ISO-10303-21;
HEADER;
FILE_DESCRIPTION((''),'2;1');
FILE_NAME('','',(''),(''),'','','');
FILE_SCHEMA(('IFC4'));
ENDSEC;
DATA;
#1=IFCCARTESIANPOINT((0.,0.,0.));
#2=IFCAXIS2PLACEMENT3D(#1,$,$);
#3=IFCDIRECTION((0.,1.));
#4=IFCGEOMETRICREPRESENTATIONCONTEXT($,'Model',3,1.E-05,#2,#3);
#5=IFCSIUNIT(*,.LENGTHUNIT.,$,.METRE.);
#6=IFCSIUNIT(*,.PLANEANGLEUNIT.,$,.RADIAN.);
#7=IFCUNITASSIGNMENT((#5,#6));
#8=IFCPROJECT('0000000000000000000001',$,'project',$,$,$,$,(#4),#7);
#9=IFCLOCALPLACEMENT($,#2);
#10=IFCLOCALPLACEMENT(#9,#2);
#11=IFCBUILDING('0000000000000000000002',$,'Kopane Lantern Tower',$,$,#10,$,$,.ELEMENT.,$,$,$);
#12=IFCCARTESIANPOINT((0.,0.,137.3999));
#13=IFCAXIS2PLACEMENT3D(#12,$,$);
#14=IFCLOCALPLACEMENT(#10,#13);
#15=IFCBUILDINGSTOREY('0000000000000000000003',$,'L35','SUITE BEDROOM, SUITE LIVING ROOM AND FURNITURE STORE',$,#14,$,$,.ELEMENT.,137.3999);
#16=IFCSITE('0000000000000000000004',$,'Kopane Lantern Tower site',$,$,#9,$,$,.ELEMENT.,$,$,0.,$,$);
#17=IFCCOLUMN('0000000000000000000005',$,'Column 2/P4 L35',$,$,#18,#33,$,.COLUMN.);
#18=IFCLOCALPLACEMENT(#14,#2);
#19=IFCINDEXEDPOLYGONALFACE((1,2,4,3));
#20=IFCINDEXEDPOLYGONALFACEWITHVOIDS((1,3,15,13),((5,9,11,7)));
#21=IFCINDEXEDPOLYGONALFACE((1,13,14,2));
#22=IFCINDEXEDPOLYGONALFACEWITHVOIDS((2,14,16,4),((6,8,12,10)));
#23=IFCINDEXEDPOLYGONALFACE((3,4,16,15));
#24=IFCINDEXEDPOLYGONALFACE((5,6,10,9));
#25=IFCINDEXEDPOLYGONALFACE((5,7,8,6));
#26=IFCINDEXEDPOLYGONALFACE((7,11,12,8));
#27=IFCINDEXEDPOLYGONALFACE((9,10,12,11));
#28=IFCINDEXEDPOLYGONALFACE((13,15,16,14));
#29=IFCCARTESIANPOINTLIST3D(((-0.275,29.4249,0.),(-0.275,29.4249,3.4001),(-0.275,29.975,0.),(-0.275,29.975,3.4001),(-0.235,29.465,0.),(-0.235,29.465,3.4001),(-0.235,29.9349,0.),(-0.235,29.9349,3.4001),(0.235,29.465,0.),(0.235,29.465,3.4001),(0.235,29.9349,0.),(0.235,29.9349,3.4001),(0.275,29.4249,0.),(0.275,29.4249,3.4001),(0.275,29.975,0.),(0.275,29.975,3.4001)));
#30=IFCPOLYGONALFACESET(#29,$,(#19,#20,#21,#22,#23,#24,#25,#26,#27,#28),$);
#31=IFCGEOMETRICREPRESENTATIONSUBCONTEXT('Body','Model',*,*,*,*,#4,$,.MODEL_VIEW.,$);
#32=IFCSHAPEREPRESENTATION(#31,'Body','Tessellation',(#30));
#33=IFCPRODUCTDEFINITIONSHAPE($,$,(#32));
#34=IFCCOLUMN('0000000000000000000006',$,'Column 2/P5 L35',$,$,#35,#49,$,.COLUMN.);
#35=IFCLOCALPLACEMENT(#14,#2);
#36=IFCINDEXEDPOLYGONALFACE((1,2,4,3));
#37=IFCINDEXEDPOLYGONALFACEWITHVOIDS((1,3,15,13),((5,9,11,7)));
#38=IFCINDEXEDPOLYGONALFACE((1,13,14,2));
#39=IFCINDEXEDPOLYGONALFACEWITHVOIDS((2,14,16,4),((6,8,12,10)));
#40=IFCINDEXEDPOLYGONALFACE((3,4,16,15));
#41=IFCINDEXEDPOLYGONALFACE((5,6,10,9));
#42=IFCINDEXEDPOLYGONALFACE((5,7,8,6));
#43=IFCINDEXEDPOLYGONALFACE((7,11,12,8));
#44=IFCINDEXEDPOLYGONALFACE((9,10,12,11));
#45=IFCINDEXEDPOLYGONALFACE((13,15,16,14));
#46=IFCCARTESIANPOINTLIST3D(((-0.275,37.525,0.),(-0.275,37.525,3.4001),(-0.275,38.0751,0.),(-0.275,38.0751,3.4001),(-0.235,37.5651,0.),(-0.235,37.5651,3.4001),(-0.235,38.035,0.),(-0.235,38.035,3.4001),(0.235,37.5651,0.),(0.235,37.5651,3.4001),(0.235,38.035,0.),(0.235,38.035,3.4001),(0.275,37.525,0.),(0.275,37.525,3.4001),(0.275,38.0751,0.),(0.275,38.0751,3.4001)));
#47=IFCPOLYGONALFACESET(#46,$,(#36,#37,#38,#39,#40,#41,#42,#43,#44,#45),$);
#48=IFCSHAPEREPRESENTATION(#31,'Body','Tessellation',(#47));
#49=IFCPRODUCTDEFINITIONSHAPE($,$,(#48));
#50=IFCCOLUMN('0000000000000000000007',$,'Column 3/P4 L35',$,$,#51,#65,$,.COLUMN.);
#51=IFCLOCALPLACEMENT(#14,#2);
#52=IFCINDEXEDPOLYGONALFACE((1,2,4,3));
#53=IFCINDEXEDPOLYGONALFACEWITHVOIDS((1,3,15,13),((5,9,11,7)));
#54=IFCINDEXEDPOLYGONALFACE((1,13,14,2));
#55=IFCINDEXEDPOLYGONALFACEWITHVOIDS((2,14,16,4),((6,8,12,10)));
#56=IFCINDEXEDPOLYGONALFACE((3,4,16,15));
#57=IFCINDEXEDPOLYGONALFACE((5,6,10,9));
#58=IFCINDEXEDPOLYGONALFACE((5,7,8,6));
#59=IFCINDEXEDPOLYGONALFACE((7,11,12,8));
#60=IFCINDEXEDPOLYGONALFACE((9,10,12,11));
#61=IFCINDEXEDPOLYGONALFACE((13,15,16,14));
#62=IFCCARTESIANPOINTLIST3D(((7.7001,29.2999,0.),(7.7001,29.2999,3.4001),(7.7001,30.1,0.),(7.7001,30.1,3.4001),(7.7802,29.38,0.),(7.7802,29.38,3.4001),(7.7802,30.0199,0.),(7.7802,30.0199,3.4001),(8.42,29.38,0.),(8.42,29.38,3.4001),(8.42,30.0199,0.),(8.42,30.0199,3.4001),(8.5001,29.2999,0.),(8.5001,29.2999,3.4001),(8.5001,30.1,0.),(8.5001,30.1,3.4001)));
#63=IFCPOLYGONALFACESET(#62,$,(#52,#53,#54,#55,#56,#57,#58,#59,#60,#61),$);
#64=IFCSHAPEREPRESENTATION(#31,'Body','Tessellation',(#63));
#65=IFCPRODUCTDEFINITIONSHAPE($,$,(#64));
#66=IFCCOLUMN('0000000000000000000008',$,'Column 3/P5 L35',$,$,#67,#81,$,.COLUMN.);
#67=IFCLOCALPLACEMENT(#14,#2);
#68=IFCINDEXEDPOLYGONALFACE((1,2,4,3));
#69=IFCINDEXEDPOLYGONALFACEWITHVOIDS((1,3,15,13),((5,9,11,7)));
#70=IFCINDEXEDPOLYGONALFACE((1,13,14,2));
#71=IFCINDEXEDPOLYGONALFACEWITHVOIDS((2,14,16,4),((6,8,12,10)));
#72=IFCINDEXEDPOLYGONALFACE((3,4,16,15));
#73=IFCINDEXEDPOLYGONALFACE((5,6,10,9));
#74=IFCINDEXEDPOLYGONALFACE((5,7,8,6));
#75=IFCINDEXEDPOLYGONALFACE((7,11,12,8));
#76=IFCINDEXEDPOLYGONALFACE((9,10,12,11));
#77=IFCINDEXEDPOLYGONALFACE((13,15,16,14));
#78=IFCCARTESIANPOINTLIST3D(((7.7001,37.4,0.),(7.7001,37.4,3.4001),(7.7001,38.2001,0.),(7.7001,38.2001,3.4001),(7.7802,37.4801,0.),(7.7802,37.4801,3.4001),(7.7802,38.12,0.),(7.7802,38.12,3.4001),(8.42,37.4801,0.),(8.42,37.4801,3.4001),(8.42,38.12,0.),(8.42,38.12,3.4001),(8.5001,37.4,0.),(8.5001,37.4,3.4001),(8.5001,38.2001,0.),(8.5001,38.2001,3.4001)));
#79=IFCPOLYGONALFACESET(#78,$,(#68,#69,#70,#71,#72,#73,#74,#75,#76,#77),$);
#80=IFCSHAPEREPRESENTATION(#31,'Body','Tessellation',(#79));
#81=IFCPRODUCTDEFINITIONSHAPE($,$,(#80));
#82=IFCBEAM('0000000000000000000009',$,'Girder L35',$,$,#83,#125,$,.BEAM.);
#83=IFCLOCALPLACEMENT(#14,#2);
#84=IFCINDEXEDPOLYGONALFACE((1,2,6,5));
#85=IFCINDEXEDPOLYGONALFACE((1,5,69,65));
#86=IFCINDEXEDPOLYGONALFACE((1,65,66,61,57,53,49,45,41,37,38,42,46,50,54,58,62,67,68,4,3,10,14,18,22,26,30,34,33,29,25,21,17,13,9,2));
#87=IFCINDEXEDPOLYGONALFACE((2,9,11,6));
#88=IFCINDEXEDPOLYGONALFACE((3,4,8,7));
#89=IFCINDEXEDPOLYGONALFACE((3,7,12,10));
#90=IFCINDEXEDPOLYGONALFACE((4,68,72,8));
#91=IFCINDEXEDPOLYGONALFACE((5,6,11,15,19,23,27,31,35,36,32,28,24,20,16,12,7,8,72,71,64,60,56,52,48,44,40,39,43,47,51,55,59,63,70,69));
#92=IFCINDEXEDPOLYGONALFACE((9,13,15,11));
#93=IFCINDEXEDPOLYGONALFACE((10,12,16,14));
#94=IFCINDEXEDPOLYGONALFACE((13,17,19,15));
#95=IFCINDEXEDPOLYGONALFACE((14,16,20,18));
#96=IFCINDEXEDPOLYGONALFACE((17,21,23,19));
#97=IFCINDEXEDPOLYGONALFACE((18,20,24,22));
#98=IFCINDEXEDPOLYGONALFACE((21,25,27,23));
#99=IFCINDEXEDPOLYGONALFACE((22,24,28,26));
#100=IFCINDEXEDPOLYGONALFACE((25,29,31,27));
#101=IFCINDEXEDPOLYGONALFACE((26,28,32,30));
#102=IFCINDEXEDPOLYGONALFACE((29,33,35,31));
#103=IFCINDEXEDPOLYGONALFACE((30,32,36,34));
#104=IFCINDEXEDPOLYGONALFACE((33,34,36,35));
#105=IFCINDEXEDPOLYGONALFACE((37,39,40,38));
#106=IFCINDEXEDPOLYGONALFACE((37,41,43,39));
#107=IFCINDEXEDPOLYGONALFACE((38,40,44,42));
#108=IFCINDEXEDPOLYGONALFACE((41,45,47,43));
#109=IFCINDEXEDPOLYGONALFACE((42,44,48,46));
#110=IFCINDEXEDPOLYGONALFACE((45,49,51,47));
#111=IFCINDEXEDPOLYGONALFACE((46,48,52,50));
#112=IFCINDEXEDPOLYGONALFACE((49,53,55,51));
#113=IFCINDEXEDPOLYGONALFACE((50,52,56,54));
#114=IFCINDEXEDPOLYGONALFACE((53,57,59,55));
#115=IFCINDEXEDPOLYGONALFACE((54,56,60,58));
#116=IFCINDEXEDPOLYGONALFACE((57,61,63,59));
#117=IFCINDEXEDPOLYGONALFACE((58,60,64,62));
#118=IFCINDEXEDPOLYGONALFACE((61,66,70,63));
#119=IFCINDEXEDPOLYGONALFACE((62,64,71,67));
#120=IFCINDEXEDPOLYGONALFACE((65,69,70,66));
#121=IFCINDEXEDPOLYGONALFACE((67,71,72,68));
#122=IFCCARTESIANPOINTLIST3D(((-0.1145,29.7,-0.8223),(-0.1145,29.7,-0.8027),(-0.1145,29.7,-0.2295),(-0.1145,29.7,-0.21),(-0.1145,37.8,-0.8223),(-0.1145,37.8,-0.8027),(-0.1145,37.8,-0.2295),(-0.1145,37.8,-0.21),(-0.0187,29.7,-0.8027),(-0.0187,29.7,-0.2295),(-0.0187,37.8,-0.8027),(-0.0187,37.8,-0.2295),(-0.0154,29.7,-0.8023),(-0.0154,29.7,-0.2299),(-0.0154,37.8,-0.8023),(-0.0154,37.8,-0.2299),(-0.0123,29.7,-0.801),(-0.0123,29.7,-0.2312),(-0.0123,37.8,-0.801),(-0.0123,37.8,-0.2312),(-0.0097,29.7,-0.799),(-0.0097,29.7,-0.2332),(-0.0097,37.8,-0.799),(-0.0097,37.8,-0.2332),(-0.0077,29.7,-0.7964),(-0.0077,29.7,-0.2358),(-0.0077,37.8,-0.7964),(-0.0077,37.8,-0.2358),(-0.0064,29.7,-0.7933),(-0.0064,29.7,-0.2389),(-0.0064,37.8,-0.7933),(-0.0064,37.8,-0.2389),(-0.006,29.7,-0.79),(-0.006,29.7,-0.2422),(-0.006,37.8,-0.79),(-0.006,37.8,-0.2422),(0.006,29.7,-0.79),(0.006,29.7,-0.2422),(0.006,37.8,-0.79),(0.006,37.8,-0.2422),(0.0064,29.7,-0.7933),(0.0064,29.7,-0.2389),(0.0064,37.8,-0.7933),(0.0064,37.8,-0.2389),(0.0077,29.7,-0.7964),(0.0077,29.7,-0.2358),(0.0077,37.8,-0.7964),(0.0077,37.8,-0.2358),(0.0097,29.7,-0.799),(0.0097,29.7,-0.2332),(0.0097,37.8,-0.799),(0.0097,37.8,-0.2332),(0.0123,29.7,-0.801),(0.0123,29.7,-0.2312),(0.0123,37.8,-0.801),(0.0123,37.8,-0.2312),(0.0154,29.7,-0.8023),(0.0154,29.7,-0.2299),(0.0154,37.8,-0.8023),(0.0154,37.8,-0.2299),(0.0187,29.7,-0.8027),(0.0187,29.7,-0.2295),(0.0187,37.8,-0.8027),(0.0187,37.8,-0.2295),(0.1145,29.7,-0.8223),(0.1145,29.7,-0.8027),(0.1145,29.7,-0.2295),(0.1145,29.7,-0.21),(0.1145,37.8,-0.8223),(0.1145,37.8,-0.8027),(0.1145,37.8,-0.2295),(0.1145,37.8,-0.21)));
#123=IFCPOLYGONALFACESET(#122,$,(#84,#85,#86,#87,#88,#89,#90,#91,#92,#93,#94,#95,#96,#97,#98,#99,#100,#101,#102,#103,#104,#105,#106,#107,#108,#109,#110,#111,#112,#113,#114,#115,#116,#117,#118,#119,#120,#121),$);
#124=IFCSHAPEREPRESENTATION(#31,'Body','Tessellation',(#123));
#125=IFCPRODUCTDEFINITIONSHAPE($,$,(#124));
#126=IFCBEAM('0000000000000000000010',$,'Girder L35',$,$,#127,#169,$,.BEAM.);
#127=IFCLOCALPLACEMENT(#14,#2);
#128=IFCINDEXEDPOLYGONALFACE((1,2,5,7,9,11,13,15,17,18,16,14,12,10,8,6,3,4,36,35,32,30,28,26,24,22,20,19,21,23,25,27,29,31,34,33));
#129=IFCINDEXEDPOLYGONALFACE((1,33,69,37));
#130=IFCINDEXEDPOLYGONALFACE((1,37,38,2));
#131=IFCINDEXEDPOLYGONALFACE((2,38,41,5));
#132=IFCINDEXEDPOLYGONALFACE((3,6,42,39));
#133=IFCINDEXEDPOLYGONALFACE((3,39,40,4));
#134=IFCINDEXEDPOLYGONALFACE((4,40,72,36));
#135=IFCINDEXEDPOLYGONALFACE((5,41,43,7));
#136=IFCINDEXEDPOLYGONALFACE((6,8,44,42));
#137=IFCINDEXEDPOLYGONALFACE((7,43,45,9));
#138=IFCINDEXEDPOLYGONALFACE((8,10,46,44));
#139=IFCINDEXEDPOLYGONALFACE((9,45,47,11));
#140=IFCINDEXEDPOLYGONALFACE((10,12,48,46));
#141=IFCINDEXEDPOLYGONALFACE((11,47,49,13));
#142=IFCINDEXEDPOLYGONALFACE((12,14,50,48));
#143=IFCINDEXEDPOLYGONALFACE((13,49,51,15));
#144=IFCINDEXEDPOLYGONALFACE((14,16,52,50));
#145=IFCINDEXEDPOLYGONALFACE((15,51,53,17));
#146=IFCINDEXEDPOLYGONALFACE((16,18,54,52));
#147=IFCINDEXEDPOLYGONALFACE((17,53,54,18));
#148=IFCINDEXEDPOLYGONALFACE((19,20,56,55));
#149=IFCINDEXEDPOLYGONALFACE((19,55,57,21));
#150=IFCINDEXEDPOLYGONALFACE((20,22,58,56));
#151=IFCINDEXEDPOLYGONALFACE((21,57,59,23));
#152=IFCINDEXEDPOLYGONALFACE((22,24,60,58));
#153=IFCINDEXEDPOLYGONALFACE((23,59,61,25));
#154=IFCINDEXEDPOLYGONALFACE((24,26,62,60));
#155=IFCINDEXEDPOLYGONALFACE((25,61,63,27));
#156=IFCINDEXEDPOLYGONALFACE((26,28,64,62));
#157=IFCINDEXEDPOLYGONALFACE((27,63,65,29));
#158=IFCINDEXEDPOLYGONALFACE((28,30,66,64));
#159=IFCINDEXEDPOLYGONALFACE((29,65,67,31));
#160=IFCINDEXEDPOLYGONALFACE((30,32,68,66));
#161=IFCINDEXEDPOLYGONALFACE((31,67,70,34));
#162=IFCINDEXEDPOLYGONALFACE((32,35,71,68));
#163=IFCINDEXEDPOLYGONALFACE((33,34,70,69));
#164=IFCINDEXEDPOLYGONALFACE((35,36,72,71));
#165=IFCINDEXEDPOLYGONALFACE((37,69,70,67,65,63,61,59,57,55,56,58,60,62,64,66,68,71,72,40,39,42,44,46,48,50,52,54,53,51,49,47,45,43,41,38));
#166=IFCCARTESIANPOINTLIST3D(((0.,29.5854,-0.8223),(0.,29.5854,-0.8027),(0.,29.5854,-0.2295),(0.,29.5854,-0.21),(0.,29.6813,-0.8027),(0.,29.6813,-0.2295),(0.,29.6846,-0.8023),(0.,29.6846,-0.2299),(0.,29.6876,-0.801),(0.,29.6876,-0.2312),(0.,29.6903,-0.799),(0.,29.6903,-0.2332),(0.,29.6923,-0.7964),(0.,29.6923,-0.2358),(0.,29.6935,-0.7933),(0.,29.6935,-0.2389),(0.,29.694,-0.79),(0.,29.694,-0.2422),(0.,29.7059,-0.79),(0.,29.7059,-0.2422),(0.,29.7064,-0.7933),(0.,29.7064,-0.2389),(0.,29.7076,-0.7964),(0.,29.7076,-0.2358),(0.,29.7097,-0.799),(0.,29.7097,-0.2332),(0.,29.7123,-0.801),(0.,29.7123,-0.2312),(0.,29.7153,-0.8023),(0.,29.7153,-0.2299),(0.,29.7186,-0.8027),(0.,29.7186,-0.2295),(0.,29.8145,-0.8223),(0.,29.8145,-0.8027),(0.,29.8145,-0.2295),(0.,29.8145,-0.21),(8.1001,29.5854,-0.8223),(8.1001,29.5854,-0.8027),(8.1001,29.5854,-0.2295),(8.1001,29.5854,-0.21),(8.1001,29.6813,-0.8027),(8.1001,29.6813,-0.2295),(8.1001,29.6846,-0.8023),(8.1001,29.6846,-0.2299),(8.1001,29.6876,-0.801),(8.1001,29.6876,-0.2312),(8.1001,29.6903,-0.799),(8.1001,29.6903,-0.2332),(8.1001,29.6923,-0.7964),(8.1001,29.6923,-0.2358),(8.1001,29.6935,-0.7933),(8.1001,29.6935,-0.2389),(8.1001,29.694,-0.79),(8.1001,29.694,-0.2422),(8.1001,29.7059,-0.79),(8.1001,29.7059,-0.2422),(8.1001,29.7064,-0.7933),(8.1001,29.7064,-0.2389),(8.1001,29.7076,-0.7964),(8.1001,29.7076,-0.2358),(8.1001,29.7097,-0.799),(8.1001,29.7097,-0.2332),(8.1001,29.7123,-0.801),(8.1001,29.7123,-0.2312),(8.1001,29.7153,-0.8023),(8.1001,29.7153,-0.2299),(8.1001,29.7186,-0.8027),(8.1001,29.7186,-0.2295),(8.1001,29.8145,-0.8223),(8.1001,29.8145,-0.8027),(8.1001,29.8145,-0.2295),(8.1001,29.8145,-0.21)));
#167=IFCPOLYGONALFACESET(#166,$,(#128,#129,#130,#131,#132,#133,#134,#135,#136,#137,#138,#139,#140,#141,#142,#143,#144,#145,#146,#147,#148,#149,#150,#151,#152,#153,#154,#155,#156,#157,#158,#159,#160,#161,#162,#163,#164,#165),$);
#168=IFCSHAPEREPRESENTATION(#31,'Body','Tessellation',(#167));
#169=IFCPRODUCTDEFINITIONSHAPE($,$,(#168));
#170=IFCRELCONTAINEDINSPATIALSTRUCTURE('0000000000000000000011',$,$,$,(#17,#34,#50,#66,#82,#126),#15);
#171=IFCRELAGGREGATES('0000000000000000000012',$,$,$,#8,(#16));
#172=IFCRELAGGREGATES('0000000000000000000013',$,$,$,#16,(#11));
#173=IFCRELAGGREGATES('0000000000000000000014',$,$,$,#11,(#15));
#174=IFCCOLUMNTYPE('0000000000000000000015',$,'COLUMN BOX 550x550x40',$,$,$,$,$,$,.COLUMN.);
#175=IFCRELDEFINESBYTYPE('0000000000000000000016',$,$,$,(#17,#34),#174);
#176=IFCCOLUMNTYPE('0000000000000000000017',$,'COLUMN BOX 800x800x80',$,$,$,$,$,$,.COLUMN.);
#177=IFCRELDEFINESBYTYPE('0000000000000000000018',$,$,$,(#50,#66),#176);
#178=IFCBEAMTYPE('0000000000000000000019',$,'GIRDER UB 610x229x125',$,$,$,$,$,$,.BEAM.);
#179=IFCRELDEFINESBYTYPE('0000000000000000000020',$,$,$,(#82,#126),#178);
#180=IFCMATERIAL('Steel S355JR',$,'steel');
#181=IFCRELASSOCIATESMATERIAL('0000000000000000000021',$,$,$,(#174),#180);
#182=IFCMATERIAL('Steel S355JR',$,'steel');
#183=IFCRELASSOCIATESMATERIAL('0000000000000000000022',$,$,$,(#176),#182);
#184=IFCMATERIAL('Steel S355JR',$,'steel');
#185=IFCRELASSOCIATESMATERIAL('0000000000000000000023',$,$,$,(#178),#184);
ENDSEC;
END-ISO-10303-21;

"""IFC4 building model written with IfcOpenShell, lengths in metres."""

from ifc_helpers import new_model, si_unit, direction, frame, origin, origin_2d, place, context, subcontext, project, spatial, hollow_rectangle, i_section, extrude, material, material_profile, profile_set, type_object, element, save


model = new_model("IFC4")

# Units and contexts
model_context = context("Model", 3, precision=1e-05, world=origin(), true_north=direction((0.0, 1.0)))
body_context = subcontext(model_context, "Body", "Model", "MODEL_VIEW")
ifc_project = project(units=[si_unit("LENGTHUNIT", "METRE"), si_unit("PLANEANGLEUNIT", "RADIAN")], contexts=[model_context])

# Site, building, storey
site_placement = place(None, origin())
site = spatial("IfcSite", under=ifc_project, at=site_placement, Name="Kopane Lantern Tower site", CompositionType="ELEMENT", RefElevation=0.0)
building_placement = place(site_placement, origin())
building = spatial("IfcBuilding", under=site, at=building_placement, Name="Kopane Lantern Tower", CompositionType="ELEMENT")
storey_placement = place(building_placement, frame((0.0, 0.0, 137.3999)))
storey = spatial("IfcBuildingStorey", under=building, at=storey_placement, Name="L35", Description="SUITE BEDROOM, SUITE LIVING ROOM AND FURNITURE STORE", CompositionType="ELEMENT", Elevation=137.3999)

# Columns
ifc_material_1 = material(Name="Steel S355JR", Category="steel")
ifc_material_profile_1 = material_profile(ifc_material_1, hollow_rectangle(XDim=0.55, YDim=0.55, WallThickness=0.04, at=origin_2d()), Name="BOX 550x550x40")
ifc_profile_set_1 = profile_set([ifc_material_profile_1], Name="Steel S355JR")
column_type_1 = type_object("IfcColumnType", Name="COLUMN BOX 550x550x40", PredefinedType="COLUMN", material=ifc_profile_set_1)
for number, where, z_axis, x_axis, name in (
    (1, (0.0, 29.7, 0.0), (0.0, 0.0, 1.0), (1.0, 0.0, 0.0), "Column 2/P4 L35"),
    (2, (0.0, 37.8, 0.0), (0.0, 0.0, 1.0), (1.0, 0.0, 0.0), "Column 2/P5 L35"),
):
    element("IfcColumn", number, at=place(storey_placement, frame(where, z_axis=z_axis, x_axis=x_axis)), inside=storey, type_object=column_type_1, Name=name, PredefinedType="COLUMN", context=body_context, shape_type="SweptSolid", body=[
        extrude(hollow_rectangle(XDim=0.55, YDim=0.55, WallThickness=0.04, at=origin_2d()), origin(), (0.0, 0.0, 1.0), 3.4001),
    ])
ifc_material_2 = material(Name="Steel S355JR", Category="steel")
ifc_material_profile_2 = material_profile(ifc_material_2, hollow_rectangle(XDim=0.8, YDim=0.8, WallThickness=0.0801, at=origin_2d()), Name="BOX 800x800x80")
ifc_profile_set_2 = profile_set([ifc_material_profile_2], Name="Steel S355JR")
column_type_2 = type_object("IfcColumnType", Name="COLUMN BOX 800x800x80", PredefinedType="COLUMN", material=ifc_profile_set_2)
for number, where, z_axis, x_axis, name in (
    (3, (8.1001, 29.7, 0.0), (0.0, 0.0, 1.0), (1.0, 0.0, 0.0), "Column 3/P4 L35"),
    (4, (8.1001, 37.8, 0.0), (0.0, 0.0, 1.0), (1.0, 0.0, 0.0), "Column 3/P5 L35"),
):
    element("IfcColumn", number, at=place(storey_placement, frame(where, z_axis=z_axis, x_axis=x_axis)), inside=storey, type_object=column_type_2, Name=name, PredefinedType="COLUMN", context=body_context, shape_type="SweptSolid", body=[
        extrude(hollow_rectangle(XDim=0.8, YDim=0.8, WallThickness=0.0801, at=origin_2d()), origin(), (0.0, 0.0, 1.0), 3.4001),
    ])

# Beams
ifc_material_3 = material(Name="Steel S355JR", Category="steel")
ifc_material_profile_3 = material_profile(ifc_material_3, i_section(OverallWidth=0.229, OverallDepth=0.6123, WebThickness=0.012, FlangeThickness=0.0195, FilletRadius=0.0127, at=origin_2d()), Name="UB 610x229x125")
ifc_profile_set_3 = profile_set([ifc_material_profile_3], Name="Steel S355JR")
beam_type = type_object("IfcBeamType", Name="GIRDER UB 610x229x125", PredefinedType="BEAM", material=ifc_profile_set_3)
for number, where, z_axis, x_axis, name in (
    (5, (0.0, 29.7, -0.5161), (0.0, 1.0, 0.0), (-1.0, 0.0, 0.0), "Girder L35"),
    (6, (0.0, 29.7, -0.5161), (1.0, 0.0, 0.0), (0.0, 1.0, 0.0), "Girder L35"),
):
    element("IfcBeam", number, at=place(storey_placement, frame(where, z_axis=z_axis, x_axis=x_axis)), inside=storey, type_object=beam_type, Name=name, PredefinedType="BEAM", context=body_context, shape_type="SweptSolid", body=[
        extrude(i_section(OverallWidth=0.229, OverallDepth=0.6123, WebThickness=0.012, FlangeThickness=0.0195, FilletRadius=0.0127, at=origin_2d()), origin(), (0.0, 0.0, 1.0), 8.1001),
    ])

save(model, "model.ifc")
